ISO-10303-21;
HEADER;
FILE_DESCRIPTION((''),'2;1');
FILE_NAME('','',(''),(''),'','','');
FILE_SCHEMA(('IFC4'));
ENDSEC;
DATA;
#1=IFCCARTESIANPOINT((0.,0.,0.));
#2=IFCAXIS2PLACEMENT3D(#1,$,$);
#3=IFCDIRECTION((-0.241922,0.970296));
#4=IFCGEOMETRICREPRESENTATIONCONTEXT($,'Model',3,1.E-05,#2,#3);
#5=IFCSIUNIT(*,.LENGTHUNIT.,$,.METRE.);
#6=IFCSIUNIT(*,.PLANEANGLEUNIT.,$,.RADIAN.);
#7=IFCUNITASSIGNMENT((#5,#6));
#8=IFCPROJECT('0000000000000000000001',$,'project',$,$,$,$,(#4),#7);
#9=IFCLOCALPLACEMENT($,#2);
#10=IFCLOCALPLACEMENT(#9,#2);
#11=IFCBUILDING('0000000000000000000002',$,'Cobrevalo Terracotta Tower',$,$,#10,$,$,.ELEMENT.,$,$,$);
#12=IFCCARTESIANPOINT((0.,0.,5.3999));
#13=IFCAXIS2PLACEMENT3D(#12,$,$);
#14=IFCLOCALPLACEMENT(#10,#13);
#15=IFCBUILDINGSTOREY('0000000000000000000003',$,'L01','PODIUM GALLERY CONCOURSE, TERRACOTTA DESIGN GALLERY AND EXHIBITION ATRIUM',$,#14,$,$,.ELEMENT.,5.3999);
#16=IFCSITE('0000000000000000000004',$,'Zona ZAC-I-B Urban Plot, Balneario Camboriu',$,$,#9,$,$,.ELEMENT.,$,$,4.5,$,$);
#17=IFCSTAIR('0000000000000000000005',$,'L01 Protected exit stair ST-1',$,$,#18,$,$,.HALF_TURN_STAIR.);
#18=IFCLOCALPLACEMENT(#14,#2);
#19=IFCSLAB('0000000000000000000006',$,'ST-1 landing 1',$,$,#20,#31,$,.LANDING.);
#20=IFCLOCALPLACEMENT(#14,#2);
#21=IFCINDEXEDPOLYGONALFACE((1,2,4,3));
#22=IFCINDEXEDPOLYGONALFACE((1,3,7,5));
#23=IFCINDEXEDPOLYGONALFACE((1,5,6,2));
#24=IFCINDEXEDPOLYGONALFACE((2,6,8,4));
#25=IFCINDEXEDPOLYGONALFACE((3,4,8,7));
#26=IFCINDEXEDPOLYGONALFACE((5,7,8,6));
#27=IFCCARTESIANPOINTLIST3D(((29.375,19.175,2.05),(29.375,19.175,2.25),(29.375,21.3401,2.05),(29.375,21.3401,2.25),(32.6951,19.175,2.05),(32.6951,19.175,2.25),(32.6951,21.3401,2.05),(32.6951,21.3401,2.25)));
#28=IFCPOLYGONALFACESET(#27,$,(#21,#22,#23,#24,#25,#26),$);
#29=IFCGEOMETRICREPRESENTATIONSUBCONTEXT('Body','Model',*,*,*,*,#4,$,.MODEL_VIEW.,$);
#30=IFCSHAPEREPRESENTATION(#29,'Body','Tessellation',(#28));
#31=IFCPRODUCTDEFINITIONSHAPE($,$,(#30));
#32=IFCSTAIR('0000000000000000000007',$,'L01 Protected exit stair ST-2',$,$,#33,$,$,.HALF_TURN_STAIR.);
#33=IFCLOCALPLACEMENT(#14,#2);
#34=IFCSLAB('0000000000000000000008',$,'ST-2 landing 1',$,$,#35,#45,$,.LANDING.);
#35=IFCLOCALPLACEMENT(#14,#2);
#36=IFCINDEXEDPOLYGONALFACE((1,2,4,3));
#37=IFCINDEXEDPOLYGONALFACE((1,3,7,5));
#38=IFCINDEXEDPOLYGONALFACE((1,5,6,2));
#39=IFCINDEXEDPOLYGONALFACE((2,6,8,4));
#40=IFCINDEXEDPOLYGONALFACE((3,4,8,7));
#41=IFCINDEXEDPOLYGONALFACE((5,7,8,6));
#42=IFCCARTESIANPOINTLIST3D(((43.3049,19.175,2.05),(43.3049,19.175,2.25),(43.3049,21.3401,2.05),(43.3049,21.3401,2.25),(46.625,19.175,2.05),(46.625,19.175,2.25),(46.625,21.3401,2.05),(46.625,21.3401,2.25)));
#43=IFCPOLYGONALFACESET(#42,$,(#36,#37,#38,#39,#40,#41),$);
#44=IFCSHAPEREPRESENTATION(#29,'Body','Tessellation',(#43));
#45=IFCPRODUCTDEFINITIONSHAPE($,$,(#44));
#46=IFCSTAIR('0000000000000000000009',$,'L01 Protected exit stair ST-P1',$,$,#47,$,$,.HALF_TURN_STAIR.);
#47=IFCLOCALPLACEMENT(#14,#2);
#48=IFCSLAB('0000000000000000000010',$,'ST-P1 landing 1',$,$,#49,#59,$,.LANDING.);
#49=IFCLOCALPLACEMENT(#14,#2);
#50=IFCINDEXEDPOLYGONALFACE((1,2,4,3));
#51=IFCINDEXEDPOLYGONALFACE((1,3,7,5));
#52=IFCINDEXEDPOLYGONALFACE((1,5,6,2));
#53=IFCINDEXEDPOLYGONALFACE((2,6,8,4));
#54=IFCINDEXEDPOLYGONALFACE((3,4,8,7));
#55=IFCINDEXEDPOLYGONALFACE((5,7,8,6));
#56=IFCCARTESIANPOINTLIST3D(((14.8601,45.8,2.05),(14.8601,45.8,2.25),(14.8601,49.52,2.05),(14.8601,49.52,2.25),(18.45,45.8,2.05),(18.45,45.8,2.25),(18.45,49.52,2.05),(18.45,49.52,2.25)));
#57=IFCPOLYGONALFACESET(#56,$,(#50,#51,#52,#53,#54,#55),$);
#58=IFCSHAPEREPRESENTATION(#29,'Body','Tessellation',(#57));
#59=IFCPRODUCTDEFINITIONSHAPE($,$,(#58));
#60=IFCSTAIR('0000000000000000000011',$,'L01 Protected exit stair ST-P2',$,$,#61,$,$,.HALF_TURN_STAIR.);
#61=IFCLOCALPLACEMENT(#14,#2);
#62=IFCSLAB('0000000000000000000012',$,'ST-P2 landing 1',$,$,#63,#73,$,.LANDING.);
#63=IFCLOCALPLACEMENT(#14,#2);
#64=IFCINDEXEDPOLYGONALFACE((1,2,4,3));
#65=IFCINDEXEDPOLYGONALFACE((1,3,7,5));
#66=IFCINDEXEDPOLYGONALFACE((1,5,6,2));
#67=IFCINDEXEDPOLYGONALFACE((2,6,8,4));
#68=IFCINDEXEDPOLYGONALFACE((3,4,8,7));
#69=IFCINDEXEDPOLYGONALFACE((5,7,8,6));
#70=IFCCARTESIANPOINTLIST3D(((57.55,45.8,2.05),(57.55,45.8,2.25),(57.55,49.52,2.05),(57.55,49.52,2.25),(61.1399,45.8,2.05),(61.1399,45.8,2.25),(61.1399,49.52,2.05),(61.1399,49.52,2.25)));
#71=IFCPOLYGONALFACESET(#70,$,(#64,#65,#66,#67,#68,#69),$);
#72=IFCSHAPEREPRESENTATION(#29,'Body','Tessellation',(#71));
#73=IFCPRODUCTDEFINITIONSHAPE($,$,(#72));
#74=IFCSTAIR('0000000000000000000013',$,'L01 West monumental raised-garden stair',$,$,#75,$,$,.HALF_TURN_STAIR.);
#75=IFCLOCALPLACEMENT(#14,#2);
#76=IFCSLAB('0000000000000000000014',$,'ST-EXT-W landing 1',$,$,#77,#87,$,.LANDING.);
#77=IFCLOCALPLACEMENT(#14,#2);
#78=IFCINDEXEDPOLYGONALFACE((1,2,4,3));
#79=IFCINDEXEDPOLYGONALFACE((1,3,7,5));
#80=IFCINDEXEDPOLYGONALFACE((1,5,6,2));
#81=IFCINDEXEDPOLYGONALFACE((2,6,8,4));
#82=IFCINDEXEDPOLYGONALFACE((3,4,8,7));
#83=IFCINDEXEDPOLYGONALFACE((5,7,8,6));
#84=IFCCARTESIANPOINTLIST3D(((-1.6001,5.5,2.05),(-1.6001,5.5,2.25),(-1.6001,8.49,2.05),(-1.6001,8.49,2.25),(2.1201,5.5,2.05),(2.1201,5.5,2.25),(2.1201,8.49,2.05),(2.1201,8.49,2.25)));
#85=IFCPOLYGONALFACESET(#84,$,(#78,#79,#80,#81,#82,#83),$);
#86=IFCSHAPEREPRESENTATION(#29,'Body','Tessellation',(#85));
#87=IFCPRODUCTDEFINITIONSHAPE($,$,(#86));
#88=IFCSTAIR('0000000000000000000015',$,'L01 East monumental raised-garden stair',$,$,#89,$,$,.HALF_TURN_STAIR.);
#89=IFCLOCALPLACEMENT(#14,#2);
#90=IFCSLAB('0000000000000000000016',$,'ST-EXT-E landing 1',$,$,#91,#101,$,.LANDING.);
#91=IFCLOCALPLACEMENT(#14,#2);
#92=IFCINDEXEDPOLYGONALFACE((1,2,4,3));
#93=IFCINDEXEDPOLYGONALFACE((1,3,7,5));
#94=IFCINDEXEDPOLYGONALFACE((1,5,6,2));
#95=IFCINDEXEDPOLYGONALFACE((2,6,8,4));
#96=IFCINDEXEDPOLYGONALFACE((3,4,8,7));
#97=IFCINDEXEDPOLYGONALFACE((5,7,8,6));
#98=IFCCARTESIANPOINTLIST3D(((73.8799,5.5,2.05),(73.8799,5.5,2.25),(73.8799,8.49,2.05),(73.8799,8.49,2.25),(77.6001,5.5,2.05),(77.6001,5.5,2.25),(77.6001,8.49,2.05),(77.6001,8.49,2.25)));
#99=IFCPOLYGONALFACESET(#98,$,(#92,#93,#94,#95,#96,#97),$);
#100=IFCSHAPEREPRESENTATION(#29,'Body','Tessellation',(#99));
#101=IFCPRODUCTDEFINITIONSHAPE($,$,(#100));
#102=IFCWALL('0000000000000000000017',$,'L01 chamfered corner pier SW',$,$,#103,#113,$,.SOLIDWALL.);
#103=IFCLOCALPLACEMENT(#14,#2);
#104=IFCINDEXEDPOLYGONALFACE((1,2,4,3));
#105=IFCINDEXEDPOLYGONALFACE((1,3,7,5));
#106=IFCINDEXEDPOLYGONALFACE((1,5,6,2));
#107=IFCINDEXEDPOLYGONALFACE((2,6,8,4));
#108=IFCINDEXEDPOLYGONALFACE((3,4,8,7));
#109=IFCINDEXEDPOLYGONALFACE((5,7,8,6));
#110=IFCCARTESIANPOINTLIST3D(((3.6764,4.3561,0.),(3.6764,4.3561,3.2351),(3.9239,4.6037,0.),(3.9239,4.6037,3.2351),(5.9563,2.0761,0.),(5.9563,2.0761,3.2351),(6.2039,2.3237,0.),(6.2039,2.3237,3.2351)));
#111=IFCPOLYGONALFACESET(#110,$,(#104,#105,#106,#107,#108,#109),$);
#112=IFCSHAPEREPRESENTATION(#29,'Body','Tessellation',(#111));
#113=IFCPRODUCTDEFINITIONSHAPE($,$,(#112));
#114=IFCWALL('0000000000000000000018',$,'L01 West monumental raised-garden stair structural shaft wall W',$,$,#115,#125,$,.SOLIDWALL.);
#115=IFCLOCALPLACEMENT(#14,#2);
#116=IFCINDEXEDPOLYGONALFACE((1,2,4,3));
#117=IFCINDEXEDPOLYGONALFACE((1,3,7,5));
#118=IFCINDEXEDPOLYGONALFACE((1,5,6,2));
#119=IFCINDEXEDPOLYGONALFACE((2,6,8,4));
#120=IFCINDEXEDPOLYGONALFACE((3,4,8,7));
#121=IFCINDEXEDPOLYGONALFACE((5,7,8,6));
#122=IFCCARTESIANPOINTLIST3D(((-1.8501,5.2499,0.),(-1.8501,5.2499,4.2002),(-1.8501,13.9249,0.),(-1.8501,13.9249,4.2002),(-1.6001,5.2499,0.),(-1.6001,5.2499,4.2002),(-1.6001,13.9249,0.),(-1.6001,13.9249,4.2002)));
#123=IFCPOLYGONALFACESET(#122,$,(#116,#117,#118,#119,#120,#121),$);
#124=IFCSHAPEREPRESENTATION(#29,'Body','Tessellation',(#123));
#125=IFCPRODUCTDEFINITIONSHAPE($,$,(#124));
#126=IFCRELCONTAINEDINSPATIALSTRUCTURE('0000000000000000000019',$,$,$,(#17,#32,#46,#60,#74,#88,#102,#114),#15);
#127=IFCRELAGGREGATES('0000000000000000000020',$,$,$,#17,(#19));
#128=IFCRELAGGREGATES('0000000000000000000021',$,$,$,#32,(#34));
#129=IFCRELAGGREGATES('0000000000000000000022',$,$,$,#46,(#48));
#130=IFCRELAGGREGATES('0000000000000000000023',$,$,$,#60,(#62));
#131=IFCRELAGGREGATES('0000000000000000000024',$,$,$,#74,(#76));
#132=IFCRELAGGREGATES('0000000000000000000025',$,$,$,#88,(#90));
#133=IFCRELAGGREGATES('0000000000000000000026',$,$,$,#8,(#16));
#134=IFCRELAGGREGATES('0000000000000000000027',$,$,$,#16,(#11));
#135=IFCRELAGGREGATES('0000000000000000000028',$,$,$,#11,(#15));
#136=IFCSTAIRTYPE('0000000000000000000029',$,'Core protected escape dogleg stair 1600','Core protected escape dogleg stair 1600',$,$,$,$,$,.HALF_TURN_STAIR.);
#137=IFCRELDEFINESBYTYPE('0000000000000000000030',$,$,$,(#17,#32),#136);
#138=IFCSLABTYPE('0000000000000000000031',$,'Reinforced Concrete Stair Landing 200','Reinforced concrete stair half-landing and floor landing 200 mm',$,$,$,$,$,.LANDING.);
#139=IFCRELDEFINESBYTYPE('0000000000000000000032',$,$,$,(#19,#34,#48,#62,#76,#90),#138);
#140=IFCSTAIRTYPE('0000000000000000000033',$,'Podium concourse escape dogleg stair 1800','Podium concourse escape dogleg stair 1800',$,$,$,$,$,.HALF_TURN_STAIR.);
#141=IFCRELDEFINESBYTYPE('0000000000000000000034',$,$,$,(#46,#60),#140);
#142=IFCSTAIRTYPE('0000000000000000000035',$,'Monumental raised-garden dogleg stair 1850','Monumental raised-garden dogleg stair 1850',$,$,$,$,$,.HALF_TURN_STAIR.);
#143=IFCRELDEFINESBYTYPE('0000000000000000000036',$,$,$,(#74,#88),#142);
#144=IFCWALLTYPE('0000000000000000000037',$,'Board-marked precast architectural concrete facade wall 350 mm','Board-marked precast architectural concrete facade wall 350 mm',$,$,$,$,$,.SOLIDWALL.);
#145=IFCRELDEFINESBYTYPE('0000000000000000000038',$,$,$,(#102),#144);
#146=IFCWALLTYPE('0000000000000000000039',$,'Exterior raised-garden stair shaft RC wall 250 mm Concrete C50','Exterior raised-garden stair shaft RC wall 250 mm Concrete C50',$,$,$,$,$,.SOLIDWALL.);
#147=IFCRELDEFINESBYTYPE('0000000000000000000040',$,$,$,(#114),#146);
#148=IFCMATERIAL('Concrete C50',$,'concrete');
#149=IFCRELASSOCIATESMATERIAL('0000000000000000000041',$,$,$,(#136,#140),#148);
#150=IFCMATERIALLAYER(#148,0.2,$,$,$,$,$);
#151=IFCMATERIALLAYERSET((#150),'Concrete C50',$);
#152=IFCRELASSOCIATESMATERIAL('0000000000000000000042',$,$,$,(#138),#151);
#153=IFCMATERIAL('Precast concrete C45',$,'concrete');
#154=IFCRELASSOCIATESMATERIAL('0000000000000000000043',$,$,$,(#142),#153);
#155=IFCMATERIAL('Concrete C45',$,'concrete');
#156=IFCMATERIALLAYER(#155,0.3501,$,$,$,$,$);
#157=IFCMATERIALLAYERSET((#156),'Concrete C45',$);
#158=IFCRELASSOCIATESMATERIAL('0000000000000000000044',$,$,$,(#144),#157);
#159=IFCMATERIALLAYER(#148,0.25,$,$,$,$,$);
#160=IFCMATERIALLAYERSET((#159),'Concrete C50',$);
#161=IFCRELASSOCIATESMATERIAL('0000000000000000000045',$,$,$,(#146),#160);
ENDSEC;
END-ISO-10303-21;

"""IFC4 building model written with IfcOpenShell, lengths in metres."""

from ifc_helpers import new_model, si_unit, direction, frame, frame_2d, origin, place, context, subcontext, project, spatial, polyline, rectangle, outline, extrude, material, layer, layer_set, type_object, element, aggregate, save


model = new_model("IFC4")

# Units and contexts
model_context = context("Model", 3, precision=1e-05, world=origin(), true_north=direction((-0.241922, 0.970296)))
body_context = subcontext(model_context, "Body", "Model", "MODEL_VIEW")
ifc_project = project(units=[si_unit("LENGTHUNIT", "METRE"), si_unit("PLANEANGLEUNIT", "RADIAN")], contexts=[model_context])

# Site, building, storey
site_placement = place(None, origin())
site = spatial("IfcSite", under=ifc_project, at=site_placement, Name="Zona ZAC-I-B Urban Plot, Balneario Camboriu", CompositionType="ELEMENT", RefElevation=4.5)
building_placement = place(site_placement, origin())
building = spatial("IfcBuilding", under=site, at=building_placement, Name="Cobrevalo Terracotta Tower", CompositionType="ELEMENT")
storey_placement = place(building_placement, frame((0.0, 0.0, 5.3999)))
storey = spatial("IfcBuildingStorey", under=building, at=storey_placement, Name="L01", Description="PODIUM GALLERY CONCOURSE, TERRACOTTA DESIGN GALLERY AND EXHIBITION ATRIUM", CompositionType="ELEMENT", Elevation=5.3999)

# Shared definitions
ifc_material_1 = material(Name="Concrete C50", Category="concrete")

# Stairs, slabs
stair_type_1 = type_object("IfcStairType", Name="Core protected escape dogleg stair 1600", Description="Core protected escape dogleg stair 1600", PredefinedType="HALF_TURN_STAIR", material=ifc_material_1)
stair_1_placement = place(storey_placement, origin())
stair_1 = element("IfcStair", 1, at=stair_1_placement, inside=storey, type_object=stair_type_1, Name="L01 Protected exit stair ST-1", PredefinedType="HALF_TURN_STAIR")
ifc_layer_1 = layer(ifc_material_1, 0.2)
ifc_layer_set_1 = layer_set([ifc_layer_1], Name="Concrete C50")
slab_type_1 = type_object("IfcSlabType", Name="Reinforced Concrete Stair Landing 200", Description="Reinforced concrete stair half-landing and floor landing 200 mm", PredefinedType="LANDING", material=ifc_layer_set_1)
slab_1_placement = place(storey_placement, frame((0.0, 0.0, 2.05)))
slab_1 = element("IfcSlab", 2, at=slab_1_placement, type_object=slab_type_1, Name="ST-1 landing 1", PredefinedType="LANDING", context=body_context, shape_type="SweptSolid", body=[
    extrude(outline(polyline([(29.375, 21.3401), (29.375, 19.175), (32.6951, 19.175), (32.6951, 21.3401), (29.375, 21.3401)])), origin(), (0.0, 0.0, 1.0), 0.2),
])
aggregate(stair_1, [slab_1])
stair_2_placement = place(storey_placement, origin())
stair_2 = element("IfcStair", 3, at=stair_2_placement, inside=storey, type_object=stair_type_1, Name="L01 Protected exit stair ST-2", PredefinedType="HALF_TURN_STAIR")
slab_2_placement = place(storey_placement, frame((0.0, 0.0, 2.05)))
slab_2 = element("IfcSlab", 4, at=slab_2_placement, type_object=slab_type_1, Name="ST-2 landing 1", PredefinedType="LANDING", context=body_context, shape_type="SweptSolid", body=[
    extrude(outline(polyline([(43.3049, 21.3401), (43.3049, 19.175), (46.625, 19.175), (46.625, 21.3401), (43.3049, 21.3401)])), origin(), (0.0, 0.0, 1.0), 0.2),
])
aggregate(stair_2, [slab_2])
stair_type_2 = type_object("IfcStairType", Name="Podium concourse escape dogleg stair 1800", Description="Podium concourse escape dogleg stair 1800", PredefinedType="HALF_TURN_STAIR", material=ifc_material_1)
stair_3_placement = place(storey_placement, origin())
stair_3 = element("IfcStair", 5, at=stair_3_placement, inside=storey, type_object=stair_type_2, Name="L01 Protected exit stair ST-P1", PredefinedType="HALF_TURN_STAIR")
slab_3_placement = place(storey_placement, frame((0.0, 0.0, 2.05)))
slab_3 = element("IfcSlab", 6, at=slab_3_placement, type_object=slab_type_1, Name="ST-P1 landing 1", PredefinedType="LANDING", context=body_context, shape_type="SweptSolid", body=[
    extrude(outline(polyline([(14.8601, 45.8), (18.45, 45.8), (18.45, 49.52), (14.8601, 49.52), (14.8601, 45.8)])), origin(), (0.0, 0.0, 1.0), 0.2),
])
aggregate(stair_3, [slab_3])
stair_4_placement = place(storey_placement, origin())
stair_4 = element("IfcStair", 7, at=stair_4_placement, inside=storey, type_object=stair_type_2, Name="L01 Protected exit stair ST-P2", PredefinedType="HALF_TURN_STAIR")
slab_4_placement = place(storey_placement, frame((0.0, 0.0, 2.05)))
slab_4 = element("IfcSlab", 8, at=slab_4_placement, type_object=slab_type_1, Name="ST-P2 landing 1", PredefinedType="LANDING", context=body_context, shape_type="SweptSolid", body=[
    extrude(outline(polyline([(61.1399, 49.52), (57.55, 49.52), (57.55, 45.8), (61.1399, 45.8), (61.1399, 49.52)])), origin(), (0.0, 0.0, 1.0), 0.2),
])
aggregate(stair_4, [slab_4])
ifc_material_2 = material(Name="Precast concrete C45", Category="concrete")
stair_type_3 = type_object("IfcStairType", Name="Monumental raised-garden dogleg stair 1850", Description="Monumental raised-garden dogleg stair 1850", PredefinedType="HALF_TURN_STAIR", material=ifc_material_2)
stair_5_placement = place(storey_placement, origin())
stair_5 = element("IfcStair", 9, at=stair_5_placement, inside=storey, type_object=stair_type_3, Name="L01 West monumental raised-garden stair", PredefinedType="HALF_TURN_STAIR")
slab_5_placement = place(storey_placement, frame((0.0, 0.0, 2.05)))
slab_5 = element("IfcSlab", 10, at=slab_5_placement, type_object=slab_type_1, Name="ST-EXT-W landing 1", PredefinedType="LANDING", context=body_context, shape_type="SweptSolid", body=[
    extrude(outline(polyline([(-1.6001, 8.49), (-1.6001, 5.5), (2.1201, 5.5), (2.1201, 8.49), (-1.6001, 8.49)])), origin(), (0.0, 0.0, 1.0), 0.2),
])
aggregate(stair_5, [slab_5])
stair_6_placement = place(storey_placement, origin())
stair_6 = element("IfcStair", 11, at=stair_6_placement, inside=storey, type_object=stair_type_3, Name="L01 East monumental raised-garden stair", PredefinedType="HALF_TURN_STAIR")
slab_6_placement = place(storey_placement, frame((0.0, 0.0, 2.05)))
slab_6 = element("IfcSlab", 12, at=slab_6_placement, type_object=slab_type_1, Name="ST-EXT-E landing 1", PredefinedType="LANDING", context=body_context, shape_type="SweptSolid", body=[
    extrude(outline(polyline([(73.8799, 8.49), (73.8799, 5.5), (77.6001, 5.5), (77.6001, 8.49), (73.8799, 8.49)])), origin(), (0.0, 0.0, 1.0), 0.2),
])
aggregate(stair_6, [slab_6])

# Walls
ifc_material_3 = material(Name="Concrete C45", Category="concrete")
ifc_layer_2 = layer(ifc_material_3, 0.3501)
ifc_layer_set_2 = layer_set([ifc_layer_2], Name="Concrete C45")
wall_type_1 = type_object("IfcWallType", Name="Board-marked precast architectural concrete facade wall 350 mm", Description="Board-marked precast architectural concrete facade wall 350 mm", PredefinedType="SOLIDWALL", material=ifc_layer_set_2)
wall_1_placement = place(storey_placement, frame((3.8, 4.48, 0.0), z_axis=(0.0, 0.0, 1.0), x_axis=(0.707107, -0.707107, 0.0)))
element("IfcWall", 13, at=wall_1_placement, inside=storey, type_object=wall_type_1, Name="L01 chamfered corner pier SW", PredefinedType="SOLIDWALL", context=body_context, shape_type="SweptSolid", body=[
    extrude(rectangle(XDim=3.2244, YDim=0.3501, at=frame_2d((1.6123, 0.0))), origin(), (0.0, 0.0, 1.0), 3.2351),
])
ifc_layer_3 = layer(ifc_material_1, 0.25)
ifc_layer_set_3 = layer_set([ifc_layer_3], Name="Concrete C50")
wall_type_2 = type_object("IfcWallType", Name="Exterior raised-garden stair shaft RC wall 250 mm Concrete C50", Description="Exterior raised-garden stair shaft RC wall 250 mm Concrete C50", PredefinedType="SOLIDWALL", material=ifc_layer_set_3)
wall_2_placement = place(storey_placement, frame((-1.7251, 5.25, 0.0), z_axis=(0.0, 0.0, 1.0), x_axis=(0.0, 1.0, 0.0)))
element("IfcWall", 14, at=wall_2_placement, inside=storey, type_object=wall_type_2, Name="L01 West monumental raised-garden stair structural shaft wall W", PredefinedType="SOLIDWALL", context=body_context, shape_type="SweptSolid", body=[
    extrude(rectangle(XDim=8.675, YDim=0.25, at=frame_2d((4.3374, 0.0))), origin(), (0.0, 0.0, 1.0), 4.2002),
])

save(model, "model.ifc")
